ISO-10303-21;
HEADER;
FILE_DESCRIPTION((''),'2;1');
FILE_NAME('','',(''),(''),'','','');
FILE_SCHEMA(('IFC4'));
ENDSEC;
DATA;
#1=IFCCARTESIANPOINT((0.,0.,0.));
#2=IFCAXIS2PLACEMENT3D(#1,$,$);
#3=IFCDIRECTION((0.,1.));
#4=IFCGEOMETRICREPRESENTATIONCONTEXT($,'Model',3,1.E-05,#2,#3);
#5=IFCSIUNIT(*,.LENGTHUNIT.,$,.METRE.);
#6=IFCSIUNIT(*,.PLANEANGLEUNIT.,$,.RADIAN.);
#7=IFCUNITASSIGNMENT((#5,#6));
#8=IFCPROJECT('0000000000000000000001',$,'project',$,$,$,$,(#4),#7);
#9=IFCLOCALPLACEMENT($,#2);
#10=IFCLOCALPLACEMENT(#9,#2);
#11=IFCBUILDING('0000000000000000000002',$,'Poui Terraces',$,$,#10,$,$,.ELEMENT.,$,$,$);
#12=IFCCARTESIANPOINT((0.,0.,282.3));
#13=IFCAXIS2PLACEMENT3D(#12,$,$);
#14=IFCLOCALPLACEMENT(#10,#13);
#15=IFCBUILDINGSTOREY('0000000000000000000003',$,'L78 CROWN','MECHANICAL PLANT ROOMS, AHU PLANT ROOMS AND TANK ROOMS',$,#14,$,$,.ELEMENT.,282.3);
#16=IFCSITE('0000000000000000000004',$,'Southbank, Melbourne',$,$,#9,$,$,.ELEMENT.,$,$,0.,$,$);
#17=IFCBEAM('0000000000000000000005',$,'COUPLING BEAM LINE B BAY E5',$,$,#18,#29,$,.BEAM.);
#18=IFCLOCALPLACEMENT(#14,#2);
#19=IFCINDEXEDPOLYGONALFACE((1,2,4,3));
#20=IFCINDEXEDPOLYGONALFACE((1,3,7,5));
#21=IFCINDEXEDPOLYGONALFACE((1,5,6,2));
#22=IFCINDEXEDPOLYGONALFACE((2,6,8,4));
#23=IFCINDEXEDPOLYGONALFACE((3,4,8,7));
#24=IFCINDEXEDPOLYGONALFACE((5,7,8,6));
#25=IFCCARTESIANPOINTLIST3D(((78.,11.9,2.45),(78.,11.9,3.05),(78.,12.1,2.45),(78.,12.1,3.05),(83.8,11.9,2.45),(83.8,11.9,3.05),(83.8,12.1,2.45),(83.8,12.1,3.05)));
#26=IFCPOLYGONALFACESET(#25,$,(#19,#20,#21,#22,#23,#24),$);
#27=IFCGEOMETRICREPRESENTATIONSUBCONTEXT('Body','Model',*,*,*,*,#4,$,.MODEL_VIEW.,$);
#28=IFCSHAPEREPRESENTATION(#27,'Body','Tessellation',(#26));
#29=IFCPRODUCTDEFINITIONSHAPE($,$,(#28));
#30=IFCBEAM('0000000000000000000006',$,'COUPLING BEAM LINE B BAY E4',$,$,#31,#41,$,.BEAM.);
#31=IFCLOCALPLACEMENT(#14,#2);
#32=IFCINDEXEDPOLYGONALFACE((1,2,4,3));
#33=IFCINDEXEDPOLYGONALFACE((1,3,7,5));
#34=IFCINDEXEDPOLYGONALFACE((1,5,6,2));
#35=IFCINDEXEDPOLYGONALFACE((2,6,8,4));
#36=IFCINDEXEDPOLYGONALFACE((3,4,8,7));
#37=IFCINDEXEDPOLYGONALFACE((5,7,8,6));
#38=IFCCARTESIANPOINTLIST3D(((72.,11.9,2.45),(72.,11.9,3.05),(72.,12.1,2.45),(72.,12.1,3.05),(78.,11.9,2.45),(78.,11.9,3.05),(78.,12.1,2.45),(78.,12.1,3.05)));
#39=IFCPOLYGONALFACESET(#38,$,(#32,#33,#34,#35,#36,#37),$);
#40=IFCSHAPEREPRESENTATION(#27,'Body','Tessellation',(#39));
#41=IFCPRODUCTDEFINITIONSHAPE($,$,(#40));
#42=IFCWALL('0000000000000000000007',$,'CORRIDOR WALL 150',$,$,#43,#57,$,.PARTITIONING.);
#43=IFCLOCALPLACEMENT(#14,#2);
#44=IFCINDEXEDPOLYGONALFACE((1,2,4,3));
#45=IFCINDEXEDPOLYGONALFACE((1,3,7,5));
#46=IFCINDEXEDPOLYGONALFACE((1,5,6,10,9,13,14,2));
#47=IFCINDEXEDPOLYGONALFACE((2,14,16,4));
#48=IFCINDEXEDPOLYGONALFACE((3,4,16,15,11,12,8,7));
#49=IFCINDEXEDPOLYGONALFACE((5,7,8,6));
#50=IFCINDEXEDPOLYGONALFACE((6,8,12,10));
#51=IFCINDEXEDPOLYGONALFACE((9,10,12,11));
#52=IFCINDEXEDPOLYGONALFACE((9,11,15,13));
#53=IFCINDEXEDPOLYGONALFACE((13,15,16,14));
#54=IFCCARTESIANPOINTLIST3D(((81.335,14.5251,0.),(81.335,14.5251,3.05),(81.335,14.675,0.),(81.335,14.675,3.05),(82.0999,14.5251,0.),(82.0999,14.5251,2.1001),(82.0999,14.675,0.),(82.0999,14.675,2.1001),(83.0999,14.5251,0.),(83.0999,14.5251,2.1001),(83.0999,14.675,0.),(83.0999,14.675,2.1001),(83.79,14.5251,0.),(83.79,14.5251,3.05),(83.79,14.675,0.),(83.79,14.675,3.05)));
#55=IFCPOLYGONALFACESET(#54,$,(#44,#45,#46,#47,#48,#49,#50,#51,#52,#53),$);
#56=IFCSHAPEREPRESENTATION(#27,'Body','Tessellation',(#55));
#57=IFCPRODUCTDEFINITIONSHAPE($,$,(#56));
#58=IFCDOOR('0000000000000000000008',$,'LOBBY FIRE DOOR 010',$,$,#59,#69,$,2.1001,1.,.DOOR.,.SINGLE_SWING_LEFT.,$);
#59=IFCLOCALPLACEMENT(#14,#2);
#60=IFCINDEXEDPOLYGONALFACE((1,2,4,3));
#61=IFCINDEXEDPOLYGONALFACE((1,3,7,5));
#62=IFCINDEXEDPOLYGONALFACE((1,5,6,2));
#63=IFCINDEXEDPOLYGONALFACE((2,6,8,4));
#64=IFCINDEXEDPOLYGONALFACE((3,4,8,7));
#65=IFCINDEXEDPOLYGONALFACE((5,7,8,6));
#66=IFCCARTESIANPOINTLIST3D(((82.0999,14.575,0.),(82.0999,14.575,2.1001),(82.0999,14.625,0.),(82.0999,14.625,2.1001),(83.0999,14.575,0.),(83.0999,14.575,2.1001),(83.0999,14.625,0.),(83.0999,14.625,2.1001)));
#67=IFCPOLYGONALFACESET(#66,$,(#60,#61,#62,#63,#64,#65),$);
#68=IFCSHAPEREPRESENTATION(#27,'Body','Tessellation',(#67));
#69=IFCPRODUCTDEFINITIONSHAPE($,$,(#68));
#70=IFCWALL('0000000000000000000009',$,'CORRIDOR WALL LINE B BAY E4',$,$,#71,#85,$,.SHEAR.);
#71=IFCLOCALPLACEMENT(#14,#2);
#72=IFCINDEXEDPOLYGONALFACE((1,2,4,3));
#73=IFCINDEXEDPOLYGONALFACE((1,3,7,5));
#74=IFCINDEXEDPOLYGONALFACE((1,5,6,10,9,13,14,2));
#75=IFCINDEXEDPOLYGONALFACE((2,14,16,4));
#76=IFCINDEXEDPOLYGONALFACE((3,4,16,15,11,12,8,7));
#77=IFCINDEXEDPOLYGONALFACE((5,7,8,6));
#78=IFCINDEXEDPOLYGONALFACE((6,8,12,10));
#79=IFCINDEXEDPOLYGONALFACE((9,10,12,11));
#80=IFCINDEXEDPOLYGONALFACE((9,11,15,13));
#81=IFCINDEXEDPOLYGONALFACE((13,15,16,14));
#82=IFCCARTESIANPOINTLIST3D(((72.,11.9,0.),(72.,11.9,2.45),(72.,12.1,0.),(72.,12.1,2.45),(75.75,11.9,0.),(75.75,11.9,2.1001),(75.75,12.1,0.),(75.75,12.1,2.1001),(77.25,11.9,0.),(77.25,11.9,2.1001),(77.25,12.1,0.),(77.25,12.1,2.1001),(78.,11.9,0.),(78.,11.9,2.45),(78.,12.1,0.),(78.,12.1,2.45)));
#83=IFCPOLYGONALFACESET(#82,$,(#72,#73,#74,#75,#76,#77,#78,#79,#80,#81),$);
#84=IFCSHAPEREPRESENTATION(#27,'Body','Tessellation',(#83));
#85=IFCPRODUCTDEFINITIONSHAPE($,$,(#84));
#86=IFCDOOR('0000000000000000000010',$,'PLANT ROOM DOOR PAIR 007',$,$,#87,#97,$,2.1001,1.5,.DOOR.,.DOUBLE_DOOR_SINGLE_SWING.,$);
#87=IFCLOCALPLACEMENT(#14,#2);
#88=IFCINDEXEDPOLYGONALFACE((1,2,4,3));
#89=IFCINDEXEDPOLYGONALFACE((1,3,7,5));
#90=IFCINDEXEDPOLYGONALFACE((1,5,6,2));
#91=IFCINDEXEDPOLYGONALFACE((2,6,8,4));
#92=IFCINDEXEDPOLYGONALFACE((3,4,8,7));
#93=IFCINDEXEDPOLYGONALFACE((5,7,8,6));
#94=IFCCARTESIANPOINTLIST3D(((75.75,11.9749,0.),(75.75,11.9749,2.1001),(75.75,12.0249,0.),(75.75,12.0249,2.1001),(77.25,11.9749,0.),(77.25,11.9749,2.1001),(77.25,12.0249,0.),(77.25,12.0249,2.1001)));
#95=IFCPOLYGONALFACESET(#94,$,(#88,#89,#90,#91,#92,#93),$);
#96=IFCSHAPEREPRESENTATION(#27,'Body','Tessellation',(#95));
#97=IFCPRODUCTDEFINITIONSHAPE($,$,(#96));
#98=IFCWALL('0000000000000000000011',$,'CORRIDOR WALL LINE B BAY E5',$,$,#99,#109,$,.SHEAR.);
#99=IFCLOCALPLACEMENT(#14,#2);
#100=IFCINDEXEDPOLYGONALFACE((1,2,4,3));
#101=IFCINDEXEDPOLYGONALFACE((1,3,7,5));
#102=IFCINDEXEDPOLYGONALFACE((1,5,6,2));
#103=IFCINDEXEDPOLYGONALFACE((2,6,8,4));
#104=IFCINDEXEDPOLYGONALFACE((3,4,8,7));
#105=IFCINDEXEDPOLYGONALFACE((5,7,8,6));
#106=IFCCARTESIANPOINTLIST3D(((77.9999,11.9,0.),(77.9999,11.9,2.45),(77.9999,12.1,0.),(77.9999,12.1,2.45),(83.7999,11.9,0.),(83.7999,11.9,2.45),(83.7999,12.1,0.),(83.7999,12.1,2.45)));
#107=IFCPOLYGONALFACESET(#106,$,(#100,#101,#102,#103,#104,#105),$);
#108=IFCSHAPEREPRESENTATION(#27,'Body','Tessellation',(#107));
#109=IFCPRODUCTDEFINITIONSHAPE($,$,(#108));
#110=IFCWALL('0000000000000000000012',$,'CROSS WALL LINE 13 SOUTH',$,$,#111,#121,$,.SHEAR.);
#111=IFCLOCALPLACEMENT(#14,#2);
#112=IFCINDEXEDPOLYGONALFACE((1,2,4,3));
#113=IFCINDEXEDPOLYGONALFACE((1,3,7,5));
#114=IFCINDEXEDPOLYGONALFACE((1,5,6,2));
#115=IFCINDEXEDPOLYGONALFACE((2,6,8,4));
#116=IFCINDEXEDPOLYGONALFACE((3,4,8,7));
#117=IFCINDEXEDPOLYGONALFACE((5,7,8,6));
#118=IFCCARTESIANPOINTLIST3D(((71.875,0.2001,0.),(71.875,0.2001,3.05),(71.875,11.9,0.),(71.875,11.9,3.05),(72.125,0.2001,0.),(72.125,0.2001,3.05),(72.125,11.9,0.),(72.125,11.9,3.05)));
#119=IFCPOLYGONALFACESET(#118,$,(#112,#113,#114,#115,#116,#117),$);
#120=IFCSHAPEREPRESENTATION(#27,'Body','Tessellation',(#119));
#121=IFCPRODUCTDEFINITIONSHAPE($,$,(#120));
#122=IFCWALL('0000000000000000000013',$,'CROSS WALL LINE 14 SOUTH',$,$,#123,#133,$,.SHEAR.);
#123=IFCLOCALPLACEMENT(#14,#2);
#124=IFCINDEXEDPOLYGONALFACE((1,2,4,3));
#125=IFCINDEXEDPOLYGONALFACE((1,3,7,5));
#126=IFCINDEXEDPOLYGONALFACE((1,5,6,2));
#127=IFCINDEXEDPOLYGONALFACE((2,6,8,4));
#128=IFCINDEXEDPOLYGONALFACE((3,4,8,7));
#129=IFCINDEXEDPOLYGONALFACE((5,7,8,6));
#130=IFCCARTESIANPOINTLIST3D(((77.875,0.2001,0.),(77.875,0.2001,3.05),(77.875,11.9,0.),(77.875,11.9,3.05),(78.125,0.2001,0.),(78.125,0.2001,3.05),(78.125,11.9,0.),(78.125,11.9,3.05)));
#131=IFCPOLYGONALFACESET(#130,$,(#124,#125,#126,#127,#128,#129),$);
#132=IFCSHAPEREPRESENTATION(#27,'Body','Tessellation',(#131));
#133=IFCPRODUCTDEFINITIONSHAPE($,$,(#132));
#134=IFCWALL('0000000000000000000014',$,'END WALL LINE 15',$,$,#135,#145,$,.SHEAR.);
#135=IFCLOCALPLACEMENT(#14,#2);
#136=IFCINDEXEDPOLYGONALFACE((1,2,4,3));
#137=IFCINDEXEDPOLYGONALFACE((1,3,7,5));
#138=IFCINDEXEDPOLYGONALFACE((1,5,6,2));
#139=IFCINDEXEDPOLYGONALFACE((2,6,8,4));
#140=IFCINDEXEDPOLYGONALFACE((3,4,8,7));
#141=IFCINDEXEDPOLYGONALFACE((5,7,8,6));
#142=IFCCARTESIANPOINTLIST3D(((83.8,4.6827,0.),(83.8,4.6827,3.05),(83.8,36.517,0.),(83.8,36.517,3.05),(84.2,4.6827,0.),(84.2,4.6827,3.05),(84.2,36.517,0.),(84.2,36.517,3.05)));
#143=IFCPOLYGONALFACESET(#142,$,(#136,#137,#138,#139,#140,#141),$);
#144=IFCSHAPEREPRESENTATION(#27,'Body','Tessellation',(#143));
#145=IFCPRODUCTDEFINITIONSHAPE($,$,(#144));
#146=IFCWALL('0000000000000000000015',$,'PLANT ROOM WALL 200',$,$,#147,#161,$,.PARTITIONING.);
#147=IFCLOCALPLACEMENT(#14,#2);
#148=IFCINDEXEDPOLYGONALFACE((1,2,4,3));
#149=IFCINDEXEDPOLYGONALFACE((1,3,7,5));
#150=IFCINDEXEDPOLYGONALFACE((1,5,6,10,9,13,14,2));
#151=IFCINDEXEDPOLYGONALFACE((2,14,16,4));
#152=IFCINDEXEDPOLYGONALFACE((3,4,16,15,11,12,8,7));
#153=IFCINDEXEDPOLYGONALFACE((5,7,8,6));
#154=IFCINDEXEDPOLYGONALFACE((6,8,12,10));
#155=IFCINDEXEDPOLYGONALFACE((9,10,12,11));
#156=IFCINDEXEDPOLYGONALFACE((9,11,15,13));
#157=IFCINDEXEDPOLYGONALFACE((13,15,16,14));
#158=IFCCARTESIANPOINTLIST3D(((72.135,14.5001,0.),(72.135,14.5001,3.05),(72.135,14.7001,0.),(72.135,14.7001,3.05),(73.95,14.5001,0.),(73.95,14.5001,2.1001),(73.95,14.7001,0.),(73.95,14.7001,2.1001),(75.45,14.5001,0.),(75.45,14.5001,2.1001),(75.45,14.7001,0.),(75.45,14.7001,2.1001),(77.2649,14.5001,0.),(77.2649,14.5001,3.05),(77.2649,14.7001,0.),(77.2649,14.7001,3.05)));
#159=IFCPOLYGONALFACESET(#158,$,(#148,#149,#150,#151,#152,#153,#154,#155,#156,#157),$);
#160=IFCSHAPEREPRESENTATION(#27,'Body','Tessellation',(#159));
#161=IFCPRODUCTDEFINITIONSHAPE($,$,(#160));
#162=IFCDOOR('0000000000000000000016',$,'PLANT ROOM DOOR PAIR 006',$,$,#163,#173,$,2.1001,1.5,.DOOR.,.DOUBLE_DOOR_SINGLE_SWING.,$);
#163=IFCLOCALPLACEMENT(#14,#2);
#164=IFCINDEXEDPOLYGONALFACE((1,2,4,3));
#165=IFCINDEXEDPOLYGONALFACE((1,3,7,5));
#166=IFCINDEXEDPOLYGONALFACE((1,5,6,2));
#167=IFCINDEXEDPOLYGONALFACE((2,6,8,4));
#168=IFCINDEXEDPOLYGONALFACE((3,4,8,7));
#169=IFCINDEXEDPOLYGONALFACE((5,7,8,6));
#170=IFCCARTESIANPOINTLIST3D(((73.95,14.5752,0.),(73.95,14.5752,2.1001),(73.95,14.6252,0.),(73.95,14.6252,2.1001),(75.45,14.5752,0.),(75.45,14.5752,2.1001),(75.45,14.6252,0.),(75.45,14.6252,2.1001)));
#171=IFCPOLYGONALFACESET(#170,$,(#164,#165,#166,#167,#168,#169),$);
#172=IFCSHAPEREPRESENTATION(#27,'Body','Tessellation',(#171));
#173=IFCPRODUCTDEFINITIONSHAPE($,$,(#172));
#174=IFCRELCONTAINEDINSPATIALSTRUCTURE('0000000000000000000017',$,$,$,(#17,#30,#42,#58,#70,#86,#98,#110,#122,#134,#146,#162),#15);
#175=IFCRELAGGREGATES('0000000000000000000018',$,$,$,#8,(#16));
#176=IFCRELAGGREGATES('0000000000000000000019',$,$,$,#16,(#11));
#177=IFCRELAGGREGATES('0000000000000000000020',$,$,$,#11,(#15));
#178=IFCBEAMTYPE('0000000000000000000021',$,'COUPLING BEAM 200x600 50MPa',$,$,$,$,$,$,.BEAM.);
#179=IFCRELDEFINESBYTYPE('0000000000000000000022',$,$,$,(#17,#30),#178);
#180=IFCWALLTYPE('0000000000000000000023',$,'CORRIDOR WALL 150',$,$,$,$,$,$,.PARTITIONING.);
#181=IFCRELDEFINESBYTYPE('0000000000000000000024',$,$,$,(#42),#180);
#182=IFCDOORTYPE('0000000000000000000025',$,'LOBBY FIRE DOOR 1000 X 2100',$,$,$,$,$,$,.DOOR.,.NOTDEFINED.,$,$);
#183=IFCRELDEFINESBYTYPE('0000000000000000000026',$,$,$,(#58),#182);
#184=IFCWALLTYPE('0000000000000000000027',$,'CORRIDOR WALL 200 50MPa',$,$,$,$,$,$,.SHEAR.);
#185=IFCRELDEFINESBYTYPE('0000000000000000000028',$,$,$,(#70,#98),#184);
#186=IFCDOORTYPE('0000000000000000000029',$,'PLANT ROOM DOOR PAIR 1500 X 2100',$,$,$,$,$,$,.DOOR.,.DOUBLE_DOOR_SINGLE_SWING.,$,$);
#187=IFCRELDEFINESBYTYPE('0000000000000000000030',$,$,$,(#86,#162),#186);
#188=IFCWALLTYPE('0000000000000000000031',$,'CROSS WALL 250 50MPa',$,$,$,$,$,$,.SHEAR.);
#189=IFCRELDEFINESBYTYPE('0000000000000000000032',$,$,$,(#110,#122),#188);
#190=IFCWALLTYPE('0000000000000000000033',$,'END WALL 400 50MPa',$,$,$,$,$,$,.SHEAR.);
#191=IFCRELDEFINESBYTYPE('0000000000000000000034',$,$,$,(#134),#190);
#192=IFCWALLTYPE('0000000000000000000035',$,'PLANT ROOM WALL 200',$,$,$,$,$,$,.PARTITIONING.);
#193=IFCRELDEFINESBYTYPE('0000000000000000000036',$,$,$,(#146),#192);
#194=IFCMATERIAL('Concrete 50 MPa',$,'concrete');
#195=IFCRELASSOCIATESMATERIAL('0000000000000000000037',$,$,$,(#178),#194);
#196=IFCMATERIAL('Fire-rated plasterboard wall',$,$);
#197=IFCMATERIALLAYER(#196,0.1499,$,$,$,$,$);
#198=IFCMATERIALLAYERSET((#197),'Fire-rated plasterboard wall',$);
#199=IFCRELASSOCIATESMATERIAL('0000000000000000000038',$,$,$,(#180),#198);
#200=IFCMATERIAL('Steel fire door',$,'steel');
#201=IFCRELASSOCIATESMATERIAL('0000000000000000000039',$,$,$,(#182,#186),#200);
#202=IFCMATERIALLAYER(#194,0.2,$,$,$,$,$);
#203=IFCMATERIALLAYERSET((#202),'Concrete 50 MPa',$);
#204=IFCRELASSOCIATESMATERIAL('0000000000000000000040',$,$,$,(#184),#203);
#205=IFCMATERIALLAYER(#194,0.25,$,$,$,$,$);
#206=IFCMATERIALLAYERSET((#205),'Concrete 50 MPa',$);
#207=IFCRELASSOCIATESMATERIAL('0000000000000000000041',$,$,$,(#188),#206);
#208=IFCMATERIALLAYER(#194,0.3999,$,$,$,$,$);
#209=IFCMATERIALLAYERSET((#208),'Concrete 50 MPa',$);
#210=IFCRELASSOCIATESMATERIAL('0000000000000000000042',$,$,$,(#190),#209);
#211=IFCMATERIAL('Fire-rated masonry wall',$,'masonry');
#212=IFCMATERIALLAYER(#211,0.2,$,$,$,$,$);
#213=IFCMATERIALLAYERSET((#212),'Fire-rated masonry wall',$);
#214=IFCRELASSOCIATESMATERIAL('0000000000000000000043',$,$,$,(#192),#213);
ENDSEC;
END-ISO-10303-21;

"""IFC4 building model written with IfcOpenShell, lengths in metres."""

from ifc_helpers import new_model, si_unit, direction, frame, frame_2d, origin, origin_2d, place, context, subcontext, project, spatial, rectangle, extrude, source, transform, mapped, material, layer, layer_set, material_profile, profile_set, type_object, element, fill, save


model = new_model("IFC4")

# Units and contexts
model_context = context("Model", 3, precision=1e-05, world=origin(), true_north=direction((0.0, 1.0)))
body_context = subcontext(model_context, "Body", "Model", "MODEL_VIEW")
ifc_project = project(units=[si_unit("LENGTHUNIT", "METRE"), si_unit("PLANEANGLEUNIT", "RADIAN")], contexts=[model_context])

# Site, building, storey
site_placement = place(None, origin())
site = spatial("IfcSite", under=ifc_project, at=site_placement, Name="Southbank, Melbourne", CompositionType="ELEMENT", RefElevation=0.0)
building_placement = place(site_placement, origin())
building = spatial("IfcBuilding", under=site, at=building_placement, Name="Poui Terraces", CompositionType="ELEMENT")
storey_placement = place(building_placement, frame((0.0, 0.0, 282.3)))
storey = spatial("IfcBuildingStorey", under=building, at=storey_placement, Name="L78 CROWN", Description="MECHANICAL PLANT ROOMS, AHU PLANT ROOMS AND TANK ROOMS", CompositionType="ELEMENT", Elevation=282.3)

# Beams
ifc_material_1 = material(Name="Concrete 50 MPa", Category="concrete")
ifc_material_profile_1 = material_profile(ifc_material_1, rectangle(XDim=0.2, YDim=0.6001, at=origin_2d()), Name="RC 200x600")
ifc_profile_set_1 = profile_set([ifc_material_profile_1], Name="Concrete 50 MPa")
beam_type = type_object("IfcBeamType", Name="COUPLING BEAM 200x600 50MPa", PredefinedType="BEAM", material=ifc_profile_set_1)
shared_shape_1 = source(origin(), body_context, "Body", "SweptSolid", [
    extrude(rectangle(XDim=0.2, YDim=0.6001, at=origin_2d()), origin(), (0.0, 0.0, 1.0), 5.8),
])
beam_1_placement = place(storey_placement, frame((78.0, 12.0, 2.75), z_axis=(1.0, 0.0, 0.0), x_axis=(0.0, 1.0, 0.0)))
element("IfcBeam", 1, at=beam_1_placement, inside=storey, type_object=beam_type, Name="COUPLING BEAM LINE B BAY E5", PredefinedType="BEAM", context=body_context, shape_type="MappedRepresentation", body=[
    mapped(shared_shape_1, transform((0.0, 0.0, 0.0))),
])
shared_shape_2 = source(origin(), body_context, "Body", "SweptSolid", [
    extrude(rectangle(XDim=0.2, YDim=0.6001, at=origin_2d()), origin(), (0.0, 0.0, 1.0), 6.0),
])
beam_2_placement = place(storey_placement, frame((72.0, 12.0, 2.75), z_axis=(1.0, 0.0, 0.0), x_axis=(0.0, 1.0, 0.0)))
element("IfcBeam", 2, at=beam_2_placement, inside=storey, type_object=beam_type, Name="COUPLING BEAM LINE B BAY E4", PredefinedType="BEAM", context=body_context, shape_type="MappedRepresentation", body=[
    mapped(shared_shape_2, transform((0.0, 0.0, 0.0))),
])

# Walls, openings, doors
ifc_material_2 = material(Name="Fire-rated plasterboard wall")
ifc_layer_1 = layer(ifc_material_2, 0.1499)
ifc_layer_set_1 = layer_set([ifc_layer_1], Name="Fire-rated plasterboard wall")
wall_type_1 = type_object("IfcWallType", Name="CORRIDOR WALL 150", PredefinedType="PARTITIONING", material=ifc_layer_set_1)
wall_1_placement = place(storey_placement, frame((81.335, 14.6001, 0.0), z_axis=(0.0, 0.0, 1.0), x_axis=(1.0, 0.0, 0.0)))
wall_1 = element("IfcWall", 3, at=wall_1_placement, inside=storey, type_object=wall_type_1, Name="CORRIDOR WALL 150", PredefinedType="PARTITIONING", context=body_context, shape_type="SweptSolid", body=[
    extrude(rectangle(XDim=2.4551, YDim=0.1499, at=frame_2d((1.2275, 0.0))), origin(), (0.0, 0.0, 1.0), 3.05),
])
opening_1_placement = place(wall_1_placement, frame((0.7649, 0.0, 0.0)))
opening_1 = element("IfcOpeningElement", 4, at=opening_1_placement, cuts=wall_1, PredefinedType="OPENING", context=body_context, shape_type="SweptSolid", body=[
    extrude(rectangle(XDim=1.0, YDim=2.1001, at=frame_2d((0.5, 1.05))), frame((0.0, 0.085, 0.0), z_axis=(0.0, -1.0, 0.0), x_axis=(1.0, 0.0, 0.0)), (0.0, 0.0, 1.0), 0.1699),
])
ifc_material_3 = material(Name="Steel fire door", Category="steel")
door_type_1 = type_object("IfcDoorType", Name="LOBBY FIRE DOOR 1000 X 2100", OperationType="NOTDEFINED", PredefinedType="DOOR", material=ifc_material_3)
door_1_placement = place(opening_1_placement, origin())
door_1 = element("IfcDoor", 5, at=door_1_placement, inside=storey, type_object=door_type_1, Name="LOBBY FIRE DOOR 010", OperationType="SINGLE_SWING_LEFT", OverallHeight=2.1001, OverallWidth=1.0, PredefinedType="DOOR", context=body_context, shape_type="SweptSolid", body=[
    extrude(rectangle(XDim=1.0, YDim=2.1001, at=frame_2d((0.5, 1.05))), frame((0.0, 0.0249, 0.0), z_axis=(0.0, -1.0, 0.0), x_axis=(1.0, 0.0, 0.0)), (0.0, 0.0, 1.0), 0.05),
])
fill(opening_1, door_1)
ifc_layer_2 = layer(ifc_material_1, 0.2)
ifc_layer_set_2 = layer_set([ifc_layer_2], Name="Concrete 50 MPa")
wall_type_2 = type_object("IfcWallType", Name="CORRIDOR WALL 200 50MPa", PredefinedType="SHEAR", material=ifc_layer_set_2)
wall_2_placement = place(storey_placement, frame((72.0, 12.0, 0.0), z_axis=(0.0, 0.0, 1.0), x_axis=(1.0, 0.0, 0.0)))
wall_2 = element("IfcWall", 6, at=wall_2_placement, inside=storey, type_object=wall_type_2, Name="CORRIDOR WALL LINE B BAY E4", PredefinedType="SHEAR", context=body_context, shape_type="SweptSolid", body=[
    extrude(rectangle(XDim=6.0, YDim=0.2, at=frame_2d((3.0, 0.0))), origin(), (0.0, 0.0, 1.0), 2.45),
])
opening_2_placement = place(wall_2_placement, frame((3.75, 0.0, 0.0)))
opening_2 = element("IfcOpeningElement", 7, at=opening_2_placement, cuts=wall_2, PredefinedType="OPENING", context=body_context, shape_type="SweptSolid", body=[
    extrude(rectangle(XDim=1.5, YDim=2.1001, at=frame_2d((0.75, 1.05))), frame((0.0, 0.1099, 0.0), z_axis=(0.0, -1.0, 0.0), x_axis=(1.0, 0.0, 0.0)), (0.0, 0.0, 1.0), 0.22),
])
door_type_2 = type_object("IfcDoorType", Name="PLANT ROOM DOOR PAIR 1500 X 2100", OperationType="DOUBLE_DOOR_SINGLE_SWING", PredefinedType="DOOR", material=ifc_material_3)
door_2_placement = place(opening_2_placement, origin())
door_2 = element("IfcDoor", 8, at=door_2_placement, inside=storey, type_object=door_type_2, Name="PLANT ROOM DOOR PAIR 007", OperationType="DOUBLE_DOOR_SINGLE_SWING", OverallHeight=2.1001, OverallWidth=1.5, PredefinedType="DOOR", context=body_context, shape_type="SweptSolid", body=[
    extrude(rectangle(XDim=1.5, YDim=2.1001, at=frame_2d((0.75, 1.05))), frame((0.0, 0.0249, 0.0), z_axis=(0.0, -1.0, 0.0), x_axis=(1.0, 0.0, 0.0)), (0.0, 0.0, 1.0), 0.05),
])
fill(opening_2, door_2)

# Walls
wall_3_placement = place(storey_placement, frame((78.0, 12.0, 0.0), z_axis=(0.0, 0.0, 1.0), x_axis=(1.0, 0.0, 0.0)))
element("IfcWall", 9, at=wall_3_placement, inside=storey, type_object=wall_type_2, Name="CORRIDOR WALL LINE B BAY E5", PredefinedType="SHEAR", context=body_context, shape_type="SweptSolid", body=[
    extrude(rectangle(XDim=5.8, YDim=0.2, at=frame_2d((2.8999, 0.0))), origin(), (0.0, 0.0, 1.0), 2.45),
])
ifc_layer_3 = layer(ifc_material_1, 0.25)
ifc_layer_set_3 = layer_set([ifc_layer_3], Name="Concrete 50 MPa")
wall_type_3 = type_object("IfcWallType", Name="CROSS WALL 250 50MPa", PredefinedType="SHEAR", material=ifc_layer_set_3)
for number, where, z_axis, x_axis, name in (
    (10, (72.0, 0.2, 0.0), (0.0, 0.0, 1.0), (0.0, 1.0, 0.0), "CROSS WALL LINE 13 SOUTH"),
    (11, (78.0, 0.2, 0.0), (0.0, 0.0, 1.0), (0.0, 1.0, 0.0), "CROSS WALL LINE 14 SOUTH"),
):
    element("IfcWall", number, at=place(storey_placement, frame(where, z_axis=z_axis, x_axis=x_axis)), inside=storey, type_object=wall_type_3, Name=name, PredefinedType="SHEAR", context=body_context, shape_type="SweptSolid", body=[
        extrude(rectangle(XDim=11.7, YDim=0.25, at=frame_2d((5.8501, 0.0))), origin(), (0.0, 0.0, 1.0), 3.05),
    ])
ifc_layer_4 = layer(ifc_material_1, 0.3999)
ifc_layer_set_4 = layer_set([ifc_layer_4], Name="Concrete 50 MPa")
wall_type_4 = type_object("IfcWallType", Name="END WALL 400 50MPa", PredefinedType="SHEAR", material=ifc_layer_set_4)
wall_4_placement = place(storey_placement, frame((84.0, 4.6829, 0.0), z_axis=(0.0, 0.0, 1.0), x_axis=(0.0, 1.0, 0.0)))
element("IfcWall", 12, at=wall_4_placement, inside=storey, type_object=wall_type_4, Name="END WALL LINE 15", PredefinedType="SHEAR", context=body_context, shape_type="SweptSolid", body=[
    extrude(rectangle(XDim=31.8342, YDim=0.3999, at=frame_2d((15.917, 0.0))), origin(), (0.0, 0.0, 1.0), 3.05),
])

# Wall, opening, door
ifc_material_4 = material(Name="Fire-rated masonry wall", Category="masonry")
ifc_layer_5 = layer(ifc_material_4, 0.2)
ifc_layer_set_5 = layer_set([ifc_layer_5], Name="Fire-rated masonry wall")
wall_type_5 = type_object("IfcWallType", Name="PLANT ROOM WALL 200", PredefinedType="PARTITIONING", material=ifc_layer_set_5)
wall_5_placement = place(storey_placement, frame((72.135, 14.6001, 0.0), z_axis=(0.0, 0.0, 1.0), x_axis=(1.0, 0.0, 0.0)))
wall_5 = element("IfcWall", 13, at=wall_5_placement, inside=storey, type_object=wall_type_5, Name="PLANT ROOM WALL 200", PredefinedType="PARTITIONING", context=body_context, shape_type="SweptSolid", body=[
    extrude(rectangle(XDim=5.1299, YDim=0.2, at=frame_2d((2.5649, 0.0))), origin(), (0.0, 0.0, 1.0), 3.05),
])
opening_3_placement = place(wall_5_placement, frame((1.8149, 0.0, 0.0)))
opening_3 = element("IfcOpeningElement", 14, at=opening_3_placement, cuts=wall_5, PredefinedType="OPENING", context=body_context, shape_type="SweptSolid", body=[
    extrude(rectangle(XDim=1.5, YDim=2.1001, at=frame_2d((0.75, 1.05))), frame((0.0, 0.1099, 0.0), z_axis=(0.0, -1.0, 0.0), x_axis=(1.0, 0.0, 0.0)), (0.0, 0.0, 1.0), 0.22),
])
door_3_placement = place(opening_3_placement, frame((1.5, 0.0, 0.0), z_axis=(0.0, 0.0, 1.0), x_axis=(-1.0, 0.0, 0.0)))
door_3 = element("IfcDoor", 15, at=door_3_placement, inside=storey, type_object=door_type_2, Name="PLANT ROOM DOOR PAIR 006", OperationType="DOUBLE_DOOR_SINGLE_SWING", OverallHeight=2.1001, OverallWidth=1.5, PredefinedType="DOOR", context=body_context, shape_type="SweptSolid", body=[
    extrude(rectangle(XDim=1.5, YDim=2.1001, at=frame_2d((0.75, 1.05))), frame((0.0, 0.0249, 0.0), z_axis=(0.0, -1.0, 0.0), x_axis=(1.0, 0.0, 0.0)), (0.0, 0.0, 1.0), 0.05),
])
fill(opening_3, door_3)

save(model, "model.ifc")
